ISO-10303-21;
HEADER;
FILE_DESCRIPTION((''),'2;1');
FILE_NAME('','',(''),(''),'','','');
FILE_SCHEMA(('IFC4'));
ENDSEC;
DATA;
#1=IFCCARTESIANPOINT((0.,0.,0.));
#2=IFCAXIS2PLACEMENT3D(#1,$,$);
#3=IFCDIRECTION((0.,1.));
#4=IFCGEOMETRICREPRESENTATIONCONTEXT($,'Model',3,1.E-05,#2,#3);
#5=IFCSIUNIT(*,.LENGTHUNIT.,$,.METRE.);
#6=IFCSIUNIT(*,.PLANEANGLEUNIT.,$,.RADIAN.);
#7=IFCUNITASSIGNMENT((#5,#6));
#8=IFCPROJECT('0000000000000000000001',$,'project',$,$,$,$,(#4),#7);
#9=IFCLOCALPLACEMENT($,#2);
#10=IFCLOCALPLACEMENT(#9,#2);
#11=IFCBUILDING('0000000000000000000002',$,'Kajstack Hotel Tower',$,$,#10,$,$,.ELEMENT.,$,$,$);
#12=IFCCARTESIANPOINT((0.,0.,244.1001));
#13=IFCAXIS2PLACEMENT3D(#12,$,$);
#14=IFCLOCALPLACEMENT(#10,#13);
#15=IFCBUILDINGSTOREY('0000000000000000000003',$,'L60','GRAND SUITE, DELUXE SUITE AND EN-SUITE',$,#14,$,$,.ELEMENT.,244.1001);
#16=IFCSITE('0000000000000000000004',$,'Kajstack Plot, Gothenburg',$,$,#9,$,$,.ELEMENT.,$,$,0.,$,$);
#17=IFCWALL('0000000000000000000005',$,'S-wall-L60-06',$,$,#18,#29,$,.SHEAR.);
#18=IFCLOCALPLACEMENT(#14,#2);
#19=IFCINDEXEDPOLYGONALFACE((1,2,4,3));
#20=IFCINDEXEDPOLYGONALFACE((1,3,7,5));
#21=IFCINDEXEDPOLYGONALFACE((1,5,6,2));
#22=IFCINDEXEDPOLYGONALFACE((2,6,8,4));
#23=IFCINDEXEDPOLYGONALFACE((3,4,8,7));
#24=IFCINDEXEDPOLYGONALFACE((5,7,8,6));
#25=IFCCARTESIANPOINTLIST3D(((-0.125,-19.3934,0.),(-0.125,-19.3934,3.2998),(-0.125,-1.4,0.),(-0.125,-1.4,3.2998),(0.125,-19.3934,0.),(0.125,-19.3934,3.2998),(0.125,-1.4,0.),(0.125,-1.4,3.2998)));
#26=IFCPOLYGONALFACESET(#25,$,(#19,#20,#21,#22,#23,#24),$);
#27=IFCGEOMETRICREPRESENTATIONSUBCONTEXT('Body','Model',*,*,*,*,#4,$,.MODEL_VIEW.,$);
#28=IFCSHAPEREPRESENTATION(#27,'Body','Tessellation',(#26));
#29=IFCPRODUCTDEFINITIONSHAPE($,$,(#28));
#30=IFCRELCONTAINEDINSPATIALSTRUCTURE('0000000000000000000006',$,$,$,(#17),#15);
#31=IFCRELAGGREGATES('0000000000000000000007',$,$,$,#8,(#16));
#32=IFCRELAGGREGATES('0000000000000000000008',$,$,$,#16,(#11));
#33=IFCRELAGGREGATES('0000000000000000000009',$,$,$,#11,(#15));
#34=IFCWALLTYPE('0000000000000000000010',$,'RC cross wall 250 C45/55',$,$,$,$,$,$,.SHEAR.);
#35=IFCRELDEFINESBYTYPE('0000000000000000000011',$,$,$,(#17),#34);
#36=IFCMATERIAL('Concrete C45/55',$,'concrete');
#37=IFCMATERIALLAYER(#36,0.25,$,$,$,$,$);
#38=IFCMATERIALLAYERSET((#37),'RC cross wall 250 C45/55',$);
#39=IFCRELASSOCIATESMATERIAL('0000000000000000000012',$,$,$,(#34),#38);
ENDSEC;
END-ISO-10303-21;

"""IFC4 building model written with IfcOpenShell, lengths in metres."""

from ifc_helpers import new_model, si_unit, direction, frame, frame_2d, origin, place, context, subcontext, project, spatial, rectangle, extrude, material, layer, layer_set, type_object, element, save


model = new_model("IFC4")

# Units and contexts
model_context = context("Model", 3, precision=1e-05, world=origin(), true_north=direction((0.0, 1.0)))
body_context = subcontext(model_context, "Body", "Model", "MODEL_VIEW")
ifc_project = project(units=[si_unit("LENGTHUNIT", "METRE"), si_unit("PLANEANGLEUNIT", "RADIAN")], contexts=[model_context])

# Site, building, storey
site_placement = place(None, origin())
site = spatial("IfcSite", under=ifc_project, at=site_placement, Name="Kajstack Plot, Gothenburg", CompositionType="ELEMENT", RefElevation=0.0)
building_placement = place(site_placement, origin())
building = spatial("IfcBuilding", under=site, at=building_placement, Name="Kajstack Hotel Tower", CompositionType="ELEMENT")
storey_placement = place(building_placement, frame((0.0, 0.0, 244.1001)))
storey = spatial("IfcBuildingStorey", under=building, at=storey_placement, Name="L60", Description="GRAND SUITE, DELUXE SUITE AND EN-SUITE", CompositionType="ELEMENT", Elevation=244.1001)

# Wall
ifc_material_1 = material(Name="Concrete C45/55", Category="concrete")
ifc_layer_1 = layer(ifc_material_1, 0.25)
ifc_layer_set_1 = layer_set([ifc_layer_1], Name="RC cross wall 250 C45/55")
wall_type_1 = type_object("IfcWallType", Name="RC cross wall 250 C45/55", PredefinedType="SHEAR", material=ifc_layer_set_1)
wall_1_placement = place(storey_placement, frame((0.0, -19.3933, 0.0), z_axis=(0.0, 0.0, 1.0), x_axis=(0.0, 1.0, 0.0)))
element("IfcWall", 1, at=wall_1_placement, inside=storey, type_object=wall_type_1, Name="S-wall-L60-06", PredefinedType="SHEAR", context=body_context, shape_type="SweptSolid", body=[
    extrude(rectangle(XDim=17.9934, YDim=0.25, at=frame_2d((8.9966, 0.0))), origin(), (0.0, 0.0, 1.0), 3.2998),
])

save(model, "model.ifc")
